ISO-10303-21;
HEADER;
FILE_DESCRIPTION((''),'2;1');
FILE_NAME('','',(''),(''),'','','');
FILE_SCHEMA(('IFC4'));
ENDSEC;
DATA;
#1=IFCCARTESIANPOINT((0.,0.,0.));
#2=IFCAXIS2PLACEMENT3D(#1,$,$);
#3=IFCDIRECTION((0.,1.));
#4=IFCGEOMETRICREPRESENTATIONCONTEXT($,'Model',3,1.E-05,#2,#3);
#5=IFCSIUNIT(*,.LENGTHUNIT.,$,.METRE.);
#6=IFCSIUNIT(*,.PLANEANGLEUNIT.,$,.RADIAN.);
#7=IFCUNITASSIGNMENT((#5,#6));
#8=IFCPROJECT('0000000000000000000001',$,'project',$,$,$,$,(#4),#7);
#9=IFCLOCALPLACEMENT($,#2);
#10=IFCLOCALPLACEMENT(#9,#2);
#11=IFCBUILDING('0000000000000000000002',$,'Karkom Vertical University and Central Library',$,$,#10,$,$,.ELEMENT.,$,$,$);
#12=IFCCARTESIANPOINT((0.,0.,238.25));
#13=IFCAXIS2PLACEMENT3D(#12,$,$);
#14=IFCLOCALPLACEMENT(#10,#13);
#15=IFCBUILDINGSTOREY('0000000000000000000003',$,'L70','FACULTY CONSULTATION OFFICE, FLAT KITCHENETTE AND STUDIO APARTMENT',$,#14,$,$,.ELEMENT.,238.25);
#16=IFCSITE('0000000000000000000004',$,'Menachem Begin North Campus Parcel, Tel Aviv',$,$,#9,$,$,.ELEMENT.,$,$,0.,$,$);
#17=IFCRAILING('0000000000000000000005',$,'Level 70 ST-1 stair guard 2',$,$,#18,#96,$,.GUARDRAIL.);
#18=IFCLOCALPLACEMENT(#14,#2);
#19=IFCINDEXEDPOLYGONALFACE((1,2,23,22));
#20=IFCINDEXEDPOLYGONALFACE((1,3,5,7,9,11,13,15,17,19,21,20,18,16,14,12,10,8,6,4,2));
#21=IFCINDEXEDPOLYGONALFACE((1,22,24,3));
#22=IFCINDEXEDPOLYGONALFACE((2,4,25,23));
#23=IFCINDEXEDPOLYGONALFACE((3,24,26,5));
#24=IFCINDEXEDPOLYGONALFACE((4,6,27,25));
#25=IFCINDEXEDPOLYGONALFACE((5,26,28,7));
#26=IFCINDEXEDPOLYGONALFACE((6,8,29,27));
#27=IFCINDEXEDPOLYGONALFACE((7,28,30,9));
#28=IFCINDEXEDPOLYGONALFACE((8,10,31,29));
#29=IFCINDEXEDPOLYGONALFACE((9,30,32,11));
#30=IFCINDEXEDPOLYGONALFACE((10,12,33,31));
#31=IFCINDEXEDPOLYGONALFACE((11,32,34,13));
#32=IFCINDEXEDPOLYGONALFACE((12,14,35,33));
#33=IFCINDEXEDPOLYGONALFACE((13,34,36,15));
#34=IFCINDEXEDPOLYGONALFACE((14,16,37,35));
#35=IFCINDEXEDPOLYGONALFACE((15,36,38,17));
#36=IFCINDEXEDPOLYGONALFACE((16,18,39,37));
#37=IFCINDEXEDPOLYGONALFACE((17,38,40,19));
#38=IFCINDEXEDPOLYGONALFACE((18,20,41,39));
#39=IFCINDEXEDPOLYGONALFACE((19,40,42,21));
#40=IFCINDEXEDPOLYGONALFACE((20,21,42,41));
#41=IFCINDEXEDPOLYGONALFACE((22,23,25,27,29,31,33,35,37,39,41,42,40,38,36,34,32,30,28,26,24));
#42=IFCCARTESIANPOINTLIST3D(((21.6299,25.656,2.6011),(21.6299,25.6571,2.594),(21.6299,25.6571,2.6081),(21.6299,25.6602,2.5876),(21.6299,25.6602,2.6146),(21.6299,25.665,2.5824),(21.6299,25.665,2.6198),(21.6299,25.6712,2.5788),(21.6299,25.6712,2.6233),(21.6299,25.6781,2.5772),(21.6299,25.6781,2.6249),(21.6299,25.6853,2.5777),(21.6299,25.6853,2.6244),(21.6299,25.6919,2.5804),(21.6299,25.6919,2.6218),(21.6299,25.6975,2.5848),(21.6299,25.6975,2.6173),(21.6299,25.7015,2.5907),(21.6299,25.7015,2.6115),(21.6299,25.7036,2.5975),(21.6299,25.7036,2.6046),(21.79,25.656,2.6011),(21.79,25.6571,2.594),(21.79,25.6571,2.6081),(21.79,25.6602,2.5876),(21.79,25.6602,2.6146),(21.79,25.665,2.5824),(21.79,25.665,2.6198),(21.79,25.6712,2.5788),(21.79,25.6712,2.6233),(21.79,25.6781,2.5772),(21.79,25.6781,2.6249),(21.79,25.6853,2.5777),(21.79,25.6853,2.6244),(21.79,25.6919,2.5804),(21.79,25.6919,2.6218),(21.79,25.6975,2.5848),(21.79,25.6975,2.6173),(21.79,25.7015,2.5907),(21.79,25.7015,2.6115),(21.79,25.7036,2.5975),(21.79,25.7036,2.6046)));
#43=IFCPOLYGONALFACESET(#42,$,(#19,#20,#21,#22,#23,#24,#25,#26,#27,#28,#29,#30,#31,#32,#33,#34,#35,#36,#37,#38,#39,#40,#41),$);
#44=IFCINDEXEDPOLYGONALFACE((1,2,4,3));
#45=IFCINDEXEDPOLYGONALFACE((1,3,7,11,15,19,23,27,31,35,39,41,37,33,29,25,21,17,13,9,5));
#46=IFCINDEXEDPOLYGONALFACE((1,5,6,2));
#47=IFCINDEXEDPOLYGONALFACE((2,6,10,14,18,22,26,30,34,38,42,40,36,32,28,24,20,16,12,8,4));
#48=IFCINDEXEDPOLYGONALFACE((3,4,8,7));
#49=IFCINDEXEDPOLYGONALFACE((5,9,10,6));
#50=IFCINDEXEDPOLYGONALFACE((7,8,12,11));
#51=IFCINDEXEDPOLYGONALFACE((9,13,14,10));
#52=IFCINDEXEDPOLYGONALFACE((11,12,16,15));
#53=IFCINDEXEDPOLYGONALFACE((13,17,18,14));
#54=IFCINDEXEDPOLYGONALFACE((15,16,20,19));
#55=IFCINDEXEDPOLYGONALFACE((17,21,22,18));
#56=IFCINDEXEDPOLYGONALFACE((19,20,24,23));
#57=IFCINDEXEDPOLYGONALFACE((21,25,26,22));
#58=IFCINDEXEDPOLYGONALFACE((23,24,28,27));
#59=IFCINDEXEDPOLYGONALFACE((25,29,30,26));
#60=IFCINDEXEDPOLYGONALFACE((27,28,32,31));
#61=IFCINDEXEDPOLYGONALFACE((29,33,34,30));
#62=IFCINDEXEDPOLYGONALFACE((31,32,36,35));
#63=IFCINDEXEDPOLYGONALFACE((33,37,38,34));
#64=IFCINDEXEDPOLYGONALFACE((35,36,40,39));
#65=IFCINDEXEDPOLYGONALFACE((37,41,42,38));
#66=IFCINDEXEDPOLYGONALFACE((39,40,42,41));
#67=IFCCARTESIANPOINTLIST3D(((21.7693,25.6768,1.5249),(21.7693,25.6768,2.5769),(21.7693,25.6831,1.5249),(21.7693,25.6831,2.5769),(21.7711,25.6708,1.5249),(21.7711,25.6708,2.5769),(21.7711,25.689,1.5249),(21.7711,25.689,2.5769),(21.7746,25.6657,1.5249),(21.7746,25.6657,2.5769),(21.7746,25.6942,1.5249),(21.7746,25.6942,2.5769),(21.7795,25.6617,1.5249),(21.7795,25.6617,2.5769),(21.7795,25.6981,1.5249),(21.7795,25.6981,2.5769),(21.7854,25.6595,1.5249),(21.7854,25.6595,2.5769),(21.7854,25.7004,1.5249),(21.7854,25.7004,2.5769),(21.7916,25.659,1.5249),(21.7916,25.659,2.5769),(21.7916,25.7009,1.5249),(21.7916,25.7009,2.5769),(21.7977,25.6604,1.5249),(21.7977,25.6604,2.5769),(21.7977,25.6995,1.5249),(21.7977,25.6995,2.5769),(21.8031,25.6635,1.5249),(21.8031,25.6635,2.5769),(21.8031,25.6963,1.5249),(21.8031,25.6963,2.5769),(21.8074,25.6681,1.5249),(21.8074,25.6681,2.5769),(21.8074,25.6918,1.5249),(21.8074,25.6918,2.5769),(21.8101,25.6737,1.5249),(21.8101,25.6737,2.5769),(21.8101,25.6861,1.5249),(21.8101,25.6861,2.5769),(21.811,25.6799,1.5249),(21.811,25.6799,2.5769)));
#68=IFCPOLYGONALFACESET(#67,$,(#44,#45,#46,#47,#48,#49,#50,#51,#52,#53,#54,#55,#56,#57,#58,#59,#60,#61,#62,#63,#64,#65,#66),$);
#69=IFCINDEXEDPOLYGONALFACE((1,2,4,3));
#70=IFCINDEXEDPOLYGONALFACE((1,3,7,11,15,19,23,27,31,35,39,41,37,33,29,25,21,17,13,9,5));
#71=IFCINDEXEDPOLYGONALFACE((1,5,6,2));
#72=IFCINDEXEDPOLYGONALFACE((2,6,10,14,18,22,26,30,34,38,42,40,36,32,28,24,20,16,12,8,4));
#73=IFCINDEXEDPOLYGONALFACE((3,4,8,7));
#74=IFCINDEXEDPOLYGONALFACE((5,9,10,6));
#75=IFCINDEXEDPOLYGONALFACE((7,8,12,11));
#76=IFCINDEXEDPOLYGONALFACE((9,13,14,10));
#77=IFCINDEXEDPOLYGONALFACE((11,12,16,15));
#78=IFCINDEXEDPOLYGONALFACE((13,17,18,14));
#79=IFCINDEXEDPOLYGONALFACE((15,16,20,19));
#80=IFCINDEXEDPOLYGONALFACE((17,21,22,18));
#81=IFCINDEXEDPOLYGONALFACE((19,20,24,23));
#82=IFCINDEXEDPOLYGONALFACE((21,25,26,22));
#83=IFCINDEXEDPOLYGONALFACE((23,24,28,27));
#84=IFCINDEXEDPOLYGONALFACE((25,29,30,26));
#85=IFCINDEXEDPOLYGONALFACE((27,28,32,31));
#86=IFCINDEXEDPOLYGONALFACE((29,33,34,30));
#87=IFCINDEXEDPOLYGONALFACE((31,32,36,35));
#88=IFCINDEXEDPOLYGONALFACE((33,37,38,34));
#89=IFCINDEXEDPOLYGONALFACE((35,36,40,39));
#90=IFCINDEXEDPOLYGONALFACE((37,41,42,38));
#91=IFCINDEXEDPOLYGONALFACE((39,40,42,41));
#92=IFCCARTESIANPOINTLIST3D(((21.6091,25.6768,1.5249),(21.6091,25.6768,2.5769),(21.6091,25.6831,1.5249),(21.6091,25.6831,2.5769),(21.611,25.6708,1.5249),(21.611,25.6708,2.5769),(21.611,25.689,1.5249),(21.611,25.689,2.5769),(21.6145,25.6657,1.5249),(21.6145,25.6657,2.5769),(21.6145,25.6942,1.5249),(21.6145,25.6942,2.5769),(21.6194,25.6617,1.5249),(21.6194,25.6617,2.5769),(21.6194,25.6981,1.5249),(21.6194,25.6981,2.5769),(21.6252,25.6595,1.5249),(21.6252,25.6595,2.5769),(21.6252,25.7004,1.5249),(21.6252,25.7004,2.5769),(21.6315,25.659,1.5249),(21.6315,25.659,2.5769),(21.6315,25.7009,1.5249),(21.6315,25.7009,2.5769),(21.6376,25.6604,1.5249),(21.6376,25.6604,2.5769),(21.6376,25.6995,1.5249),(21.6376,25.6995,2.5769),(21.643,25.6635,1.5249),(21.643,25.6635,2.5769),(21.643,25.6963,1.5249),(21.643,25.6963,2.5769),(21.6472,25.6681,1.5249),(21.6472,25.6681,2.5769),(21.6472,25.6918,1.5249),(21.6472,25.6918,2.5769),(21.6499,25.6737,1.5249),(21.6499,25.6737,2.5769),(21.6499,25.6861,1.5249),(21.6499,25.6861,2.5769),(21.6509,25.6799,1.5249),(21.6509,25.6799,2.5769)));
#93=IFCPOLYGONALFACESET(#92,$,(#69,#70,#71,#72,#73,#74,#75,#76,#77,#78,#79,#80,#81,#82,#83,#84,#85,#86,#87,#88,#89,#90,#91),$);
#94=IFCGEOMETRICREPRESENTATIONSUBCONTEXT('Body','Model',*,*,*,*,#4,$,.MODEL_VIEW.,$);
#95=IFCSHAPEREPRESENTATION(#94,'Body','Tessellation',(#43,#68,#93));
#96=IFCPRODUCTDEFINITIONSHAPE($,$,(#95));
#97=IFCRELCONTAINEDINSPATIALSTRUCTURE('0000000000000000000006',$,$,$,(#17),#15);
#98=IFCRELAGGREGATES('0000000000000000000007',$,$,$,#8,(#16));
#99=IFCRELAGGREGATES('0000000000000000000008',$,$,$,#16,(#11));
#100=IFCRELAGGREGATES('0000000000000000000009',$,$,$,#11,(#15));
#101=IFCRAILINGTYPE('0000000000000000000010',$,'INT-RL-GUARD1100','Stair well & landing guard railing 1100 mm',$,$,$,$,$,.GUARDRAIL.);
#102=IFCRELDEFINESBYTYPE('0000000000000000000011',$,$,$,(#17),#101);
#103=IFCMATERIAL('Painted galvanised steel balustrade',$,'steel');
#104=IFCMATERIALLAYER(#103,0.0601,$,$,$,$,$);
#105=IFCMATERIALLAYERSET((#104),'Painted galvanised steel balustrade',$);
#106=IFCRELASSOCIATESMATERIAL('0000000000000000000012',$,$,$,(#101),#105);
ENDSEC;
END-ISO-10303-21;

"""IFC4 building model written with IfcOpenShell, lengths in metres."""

from ifc_helpers import new_model, si_unit, direction, frame, origin, origin_2d, place, context, subcontext, project, spatial, circle, extrude, material, layer, layer_set, type_object, element, save


model = new_model("IFC4")

# Units and contexts
model_context = context("Model", 3, precision=1e-05, world=origin(), true_north=direction((0.0, 1.0)))
body_context = subcontext(model_context, "Body", "Model", "MODEL_VIEW")
ifc_project = project(units=[si_unit("LENGTHUNIT", "METRE"), si_unit("PLANEANGLEUNIT", "RADIAN")], contexts=[model_context])

# Site, building, storey
site_placement = place(None, origin())
site = spatial("IfcSite", under=ifc_project, at=site_placement, Name="Menachem Begin North Campus Parcel, Tel Aviv", CompositionType="ELEMENT", RefElevation=0.0)
building_placement = place(site_placement, origin())
building = spatial("IfcBuilding", under=site, at=building_placement, Name="Karkom Vertical University and Central Library", CompositionType="ELEMENT")
storey_placement = place(building_placement, frame((0.0, 0.0, 238.25)))
storey = spatial("IfcBuildingStorey", under=building, at=storey_placement, Name="L70", Description="FACULTY CONSULTATION OFFICE, FLAT KITCHENETTE AND STUDIO APARTMENT", CompositionType="ELEMENT", Elevation=238.25)

# Railing
ifc_material_1 = material(Name="Painted galvanised steel balustrade", Category="steel")
ifc_layer_1 = layer(ifc_material_1, 0.0601)
ifc_layer_set_1 = layer_set([ifc_layer_1], Name="Painted galvanised steel balustrade")
railing_type_1 = type_object("IfcRailingType", Name="INT-RL-GUARD1100", Description="Stair well & landing guard railing 1100 mm", PredefinedType="GUARDRAIL", material=ifc_layer_set_1)
railing_1_placement = place(storey_placement, frame((21.79, 25.6799, 1.5249)))
element("IfcRailing", 1, at=railing_1_placement, inside=storey, type_object=railing_type_1, Name="Level 70 ST-1 stair guard 2", PredefinedType="GUARDRAIL", context=body_context, shape_type="SweptSolid", body=[
    extrude(circle(Radius=0.0239, at=origin_2d()), frame((0.0, 0.0, 1.0762), z_axis=(-1.0, 0.0, 0.0), x_axis=(0.0, -1.0, 0.0)), (0.0, 0.0, 1.0), 0.1602),
    extrude(circle(Radius=0.021, at=origin_2d()), origin(), (0.0, 0.0, 1.0), 1.052),
    extrude(circle(Radius=0.021, at=origin_2d()), frame((-0.1602, 0.0, 0.0)), (0.0, 0.0, 1.0), 1.052),
])

save(model, "model.ifc")
